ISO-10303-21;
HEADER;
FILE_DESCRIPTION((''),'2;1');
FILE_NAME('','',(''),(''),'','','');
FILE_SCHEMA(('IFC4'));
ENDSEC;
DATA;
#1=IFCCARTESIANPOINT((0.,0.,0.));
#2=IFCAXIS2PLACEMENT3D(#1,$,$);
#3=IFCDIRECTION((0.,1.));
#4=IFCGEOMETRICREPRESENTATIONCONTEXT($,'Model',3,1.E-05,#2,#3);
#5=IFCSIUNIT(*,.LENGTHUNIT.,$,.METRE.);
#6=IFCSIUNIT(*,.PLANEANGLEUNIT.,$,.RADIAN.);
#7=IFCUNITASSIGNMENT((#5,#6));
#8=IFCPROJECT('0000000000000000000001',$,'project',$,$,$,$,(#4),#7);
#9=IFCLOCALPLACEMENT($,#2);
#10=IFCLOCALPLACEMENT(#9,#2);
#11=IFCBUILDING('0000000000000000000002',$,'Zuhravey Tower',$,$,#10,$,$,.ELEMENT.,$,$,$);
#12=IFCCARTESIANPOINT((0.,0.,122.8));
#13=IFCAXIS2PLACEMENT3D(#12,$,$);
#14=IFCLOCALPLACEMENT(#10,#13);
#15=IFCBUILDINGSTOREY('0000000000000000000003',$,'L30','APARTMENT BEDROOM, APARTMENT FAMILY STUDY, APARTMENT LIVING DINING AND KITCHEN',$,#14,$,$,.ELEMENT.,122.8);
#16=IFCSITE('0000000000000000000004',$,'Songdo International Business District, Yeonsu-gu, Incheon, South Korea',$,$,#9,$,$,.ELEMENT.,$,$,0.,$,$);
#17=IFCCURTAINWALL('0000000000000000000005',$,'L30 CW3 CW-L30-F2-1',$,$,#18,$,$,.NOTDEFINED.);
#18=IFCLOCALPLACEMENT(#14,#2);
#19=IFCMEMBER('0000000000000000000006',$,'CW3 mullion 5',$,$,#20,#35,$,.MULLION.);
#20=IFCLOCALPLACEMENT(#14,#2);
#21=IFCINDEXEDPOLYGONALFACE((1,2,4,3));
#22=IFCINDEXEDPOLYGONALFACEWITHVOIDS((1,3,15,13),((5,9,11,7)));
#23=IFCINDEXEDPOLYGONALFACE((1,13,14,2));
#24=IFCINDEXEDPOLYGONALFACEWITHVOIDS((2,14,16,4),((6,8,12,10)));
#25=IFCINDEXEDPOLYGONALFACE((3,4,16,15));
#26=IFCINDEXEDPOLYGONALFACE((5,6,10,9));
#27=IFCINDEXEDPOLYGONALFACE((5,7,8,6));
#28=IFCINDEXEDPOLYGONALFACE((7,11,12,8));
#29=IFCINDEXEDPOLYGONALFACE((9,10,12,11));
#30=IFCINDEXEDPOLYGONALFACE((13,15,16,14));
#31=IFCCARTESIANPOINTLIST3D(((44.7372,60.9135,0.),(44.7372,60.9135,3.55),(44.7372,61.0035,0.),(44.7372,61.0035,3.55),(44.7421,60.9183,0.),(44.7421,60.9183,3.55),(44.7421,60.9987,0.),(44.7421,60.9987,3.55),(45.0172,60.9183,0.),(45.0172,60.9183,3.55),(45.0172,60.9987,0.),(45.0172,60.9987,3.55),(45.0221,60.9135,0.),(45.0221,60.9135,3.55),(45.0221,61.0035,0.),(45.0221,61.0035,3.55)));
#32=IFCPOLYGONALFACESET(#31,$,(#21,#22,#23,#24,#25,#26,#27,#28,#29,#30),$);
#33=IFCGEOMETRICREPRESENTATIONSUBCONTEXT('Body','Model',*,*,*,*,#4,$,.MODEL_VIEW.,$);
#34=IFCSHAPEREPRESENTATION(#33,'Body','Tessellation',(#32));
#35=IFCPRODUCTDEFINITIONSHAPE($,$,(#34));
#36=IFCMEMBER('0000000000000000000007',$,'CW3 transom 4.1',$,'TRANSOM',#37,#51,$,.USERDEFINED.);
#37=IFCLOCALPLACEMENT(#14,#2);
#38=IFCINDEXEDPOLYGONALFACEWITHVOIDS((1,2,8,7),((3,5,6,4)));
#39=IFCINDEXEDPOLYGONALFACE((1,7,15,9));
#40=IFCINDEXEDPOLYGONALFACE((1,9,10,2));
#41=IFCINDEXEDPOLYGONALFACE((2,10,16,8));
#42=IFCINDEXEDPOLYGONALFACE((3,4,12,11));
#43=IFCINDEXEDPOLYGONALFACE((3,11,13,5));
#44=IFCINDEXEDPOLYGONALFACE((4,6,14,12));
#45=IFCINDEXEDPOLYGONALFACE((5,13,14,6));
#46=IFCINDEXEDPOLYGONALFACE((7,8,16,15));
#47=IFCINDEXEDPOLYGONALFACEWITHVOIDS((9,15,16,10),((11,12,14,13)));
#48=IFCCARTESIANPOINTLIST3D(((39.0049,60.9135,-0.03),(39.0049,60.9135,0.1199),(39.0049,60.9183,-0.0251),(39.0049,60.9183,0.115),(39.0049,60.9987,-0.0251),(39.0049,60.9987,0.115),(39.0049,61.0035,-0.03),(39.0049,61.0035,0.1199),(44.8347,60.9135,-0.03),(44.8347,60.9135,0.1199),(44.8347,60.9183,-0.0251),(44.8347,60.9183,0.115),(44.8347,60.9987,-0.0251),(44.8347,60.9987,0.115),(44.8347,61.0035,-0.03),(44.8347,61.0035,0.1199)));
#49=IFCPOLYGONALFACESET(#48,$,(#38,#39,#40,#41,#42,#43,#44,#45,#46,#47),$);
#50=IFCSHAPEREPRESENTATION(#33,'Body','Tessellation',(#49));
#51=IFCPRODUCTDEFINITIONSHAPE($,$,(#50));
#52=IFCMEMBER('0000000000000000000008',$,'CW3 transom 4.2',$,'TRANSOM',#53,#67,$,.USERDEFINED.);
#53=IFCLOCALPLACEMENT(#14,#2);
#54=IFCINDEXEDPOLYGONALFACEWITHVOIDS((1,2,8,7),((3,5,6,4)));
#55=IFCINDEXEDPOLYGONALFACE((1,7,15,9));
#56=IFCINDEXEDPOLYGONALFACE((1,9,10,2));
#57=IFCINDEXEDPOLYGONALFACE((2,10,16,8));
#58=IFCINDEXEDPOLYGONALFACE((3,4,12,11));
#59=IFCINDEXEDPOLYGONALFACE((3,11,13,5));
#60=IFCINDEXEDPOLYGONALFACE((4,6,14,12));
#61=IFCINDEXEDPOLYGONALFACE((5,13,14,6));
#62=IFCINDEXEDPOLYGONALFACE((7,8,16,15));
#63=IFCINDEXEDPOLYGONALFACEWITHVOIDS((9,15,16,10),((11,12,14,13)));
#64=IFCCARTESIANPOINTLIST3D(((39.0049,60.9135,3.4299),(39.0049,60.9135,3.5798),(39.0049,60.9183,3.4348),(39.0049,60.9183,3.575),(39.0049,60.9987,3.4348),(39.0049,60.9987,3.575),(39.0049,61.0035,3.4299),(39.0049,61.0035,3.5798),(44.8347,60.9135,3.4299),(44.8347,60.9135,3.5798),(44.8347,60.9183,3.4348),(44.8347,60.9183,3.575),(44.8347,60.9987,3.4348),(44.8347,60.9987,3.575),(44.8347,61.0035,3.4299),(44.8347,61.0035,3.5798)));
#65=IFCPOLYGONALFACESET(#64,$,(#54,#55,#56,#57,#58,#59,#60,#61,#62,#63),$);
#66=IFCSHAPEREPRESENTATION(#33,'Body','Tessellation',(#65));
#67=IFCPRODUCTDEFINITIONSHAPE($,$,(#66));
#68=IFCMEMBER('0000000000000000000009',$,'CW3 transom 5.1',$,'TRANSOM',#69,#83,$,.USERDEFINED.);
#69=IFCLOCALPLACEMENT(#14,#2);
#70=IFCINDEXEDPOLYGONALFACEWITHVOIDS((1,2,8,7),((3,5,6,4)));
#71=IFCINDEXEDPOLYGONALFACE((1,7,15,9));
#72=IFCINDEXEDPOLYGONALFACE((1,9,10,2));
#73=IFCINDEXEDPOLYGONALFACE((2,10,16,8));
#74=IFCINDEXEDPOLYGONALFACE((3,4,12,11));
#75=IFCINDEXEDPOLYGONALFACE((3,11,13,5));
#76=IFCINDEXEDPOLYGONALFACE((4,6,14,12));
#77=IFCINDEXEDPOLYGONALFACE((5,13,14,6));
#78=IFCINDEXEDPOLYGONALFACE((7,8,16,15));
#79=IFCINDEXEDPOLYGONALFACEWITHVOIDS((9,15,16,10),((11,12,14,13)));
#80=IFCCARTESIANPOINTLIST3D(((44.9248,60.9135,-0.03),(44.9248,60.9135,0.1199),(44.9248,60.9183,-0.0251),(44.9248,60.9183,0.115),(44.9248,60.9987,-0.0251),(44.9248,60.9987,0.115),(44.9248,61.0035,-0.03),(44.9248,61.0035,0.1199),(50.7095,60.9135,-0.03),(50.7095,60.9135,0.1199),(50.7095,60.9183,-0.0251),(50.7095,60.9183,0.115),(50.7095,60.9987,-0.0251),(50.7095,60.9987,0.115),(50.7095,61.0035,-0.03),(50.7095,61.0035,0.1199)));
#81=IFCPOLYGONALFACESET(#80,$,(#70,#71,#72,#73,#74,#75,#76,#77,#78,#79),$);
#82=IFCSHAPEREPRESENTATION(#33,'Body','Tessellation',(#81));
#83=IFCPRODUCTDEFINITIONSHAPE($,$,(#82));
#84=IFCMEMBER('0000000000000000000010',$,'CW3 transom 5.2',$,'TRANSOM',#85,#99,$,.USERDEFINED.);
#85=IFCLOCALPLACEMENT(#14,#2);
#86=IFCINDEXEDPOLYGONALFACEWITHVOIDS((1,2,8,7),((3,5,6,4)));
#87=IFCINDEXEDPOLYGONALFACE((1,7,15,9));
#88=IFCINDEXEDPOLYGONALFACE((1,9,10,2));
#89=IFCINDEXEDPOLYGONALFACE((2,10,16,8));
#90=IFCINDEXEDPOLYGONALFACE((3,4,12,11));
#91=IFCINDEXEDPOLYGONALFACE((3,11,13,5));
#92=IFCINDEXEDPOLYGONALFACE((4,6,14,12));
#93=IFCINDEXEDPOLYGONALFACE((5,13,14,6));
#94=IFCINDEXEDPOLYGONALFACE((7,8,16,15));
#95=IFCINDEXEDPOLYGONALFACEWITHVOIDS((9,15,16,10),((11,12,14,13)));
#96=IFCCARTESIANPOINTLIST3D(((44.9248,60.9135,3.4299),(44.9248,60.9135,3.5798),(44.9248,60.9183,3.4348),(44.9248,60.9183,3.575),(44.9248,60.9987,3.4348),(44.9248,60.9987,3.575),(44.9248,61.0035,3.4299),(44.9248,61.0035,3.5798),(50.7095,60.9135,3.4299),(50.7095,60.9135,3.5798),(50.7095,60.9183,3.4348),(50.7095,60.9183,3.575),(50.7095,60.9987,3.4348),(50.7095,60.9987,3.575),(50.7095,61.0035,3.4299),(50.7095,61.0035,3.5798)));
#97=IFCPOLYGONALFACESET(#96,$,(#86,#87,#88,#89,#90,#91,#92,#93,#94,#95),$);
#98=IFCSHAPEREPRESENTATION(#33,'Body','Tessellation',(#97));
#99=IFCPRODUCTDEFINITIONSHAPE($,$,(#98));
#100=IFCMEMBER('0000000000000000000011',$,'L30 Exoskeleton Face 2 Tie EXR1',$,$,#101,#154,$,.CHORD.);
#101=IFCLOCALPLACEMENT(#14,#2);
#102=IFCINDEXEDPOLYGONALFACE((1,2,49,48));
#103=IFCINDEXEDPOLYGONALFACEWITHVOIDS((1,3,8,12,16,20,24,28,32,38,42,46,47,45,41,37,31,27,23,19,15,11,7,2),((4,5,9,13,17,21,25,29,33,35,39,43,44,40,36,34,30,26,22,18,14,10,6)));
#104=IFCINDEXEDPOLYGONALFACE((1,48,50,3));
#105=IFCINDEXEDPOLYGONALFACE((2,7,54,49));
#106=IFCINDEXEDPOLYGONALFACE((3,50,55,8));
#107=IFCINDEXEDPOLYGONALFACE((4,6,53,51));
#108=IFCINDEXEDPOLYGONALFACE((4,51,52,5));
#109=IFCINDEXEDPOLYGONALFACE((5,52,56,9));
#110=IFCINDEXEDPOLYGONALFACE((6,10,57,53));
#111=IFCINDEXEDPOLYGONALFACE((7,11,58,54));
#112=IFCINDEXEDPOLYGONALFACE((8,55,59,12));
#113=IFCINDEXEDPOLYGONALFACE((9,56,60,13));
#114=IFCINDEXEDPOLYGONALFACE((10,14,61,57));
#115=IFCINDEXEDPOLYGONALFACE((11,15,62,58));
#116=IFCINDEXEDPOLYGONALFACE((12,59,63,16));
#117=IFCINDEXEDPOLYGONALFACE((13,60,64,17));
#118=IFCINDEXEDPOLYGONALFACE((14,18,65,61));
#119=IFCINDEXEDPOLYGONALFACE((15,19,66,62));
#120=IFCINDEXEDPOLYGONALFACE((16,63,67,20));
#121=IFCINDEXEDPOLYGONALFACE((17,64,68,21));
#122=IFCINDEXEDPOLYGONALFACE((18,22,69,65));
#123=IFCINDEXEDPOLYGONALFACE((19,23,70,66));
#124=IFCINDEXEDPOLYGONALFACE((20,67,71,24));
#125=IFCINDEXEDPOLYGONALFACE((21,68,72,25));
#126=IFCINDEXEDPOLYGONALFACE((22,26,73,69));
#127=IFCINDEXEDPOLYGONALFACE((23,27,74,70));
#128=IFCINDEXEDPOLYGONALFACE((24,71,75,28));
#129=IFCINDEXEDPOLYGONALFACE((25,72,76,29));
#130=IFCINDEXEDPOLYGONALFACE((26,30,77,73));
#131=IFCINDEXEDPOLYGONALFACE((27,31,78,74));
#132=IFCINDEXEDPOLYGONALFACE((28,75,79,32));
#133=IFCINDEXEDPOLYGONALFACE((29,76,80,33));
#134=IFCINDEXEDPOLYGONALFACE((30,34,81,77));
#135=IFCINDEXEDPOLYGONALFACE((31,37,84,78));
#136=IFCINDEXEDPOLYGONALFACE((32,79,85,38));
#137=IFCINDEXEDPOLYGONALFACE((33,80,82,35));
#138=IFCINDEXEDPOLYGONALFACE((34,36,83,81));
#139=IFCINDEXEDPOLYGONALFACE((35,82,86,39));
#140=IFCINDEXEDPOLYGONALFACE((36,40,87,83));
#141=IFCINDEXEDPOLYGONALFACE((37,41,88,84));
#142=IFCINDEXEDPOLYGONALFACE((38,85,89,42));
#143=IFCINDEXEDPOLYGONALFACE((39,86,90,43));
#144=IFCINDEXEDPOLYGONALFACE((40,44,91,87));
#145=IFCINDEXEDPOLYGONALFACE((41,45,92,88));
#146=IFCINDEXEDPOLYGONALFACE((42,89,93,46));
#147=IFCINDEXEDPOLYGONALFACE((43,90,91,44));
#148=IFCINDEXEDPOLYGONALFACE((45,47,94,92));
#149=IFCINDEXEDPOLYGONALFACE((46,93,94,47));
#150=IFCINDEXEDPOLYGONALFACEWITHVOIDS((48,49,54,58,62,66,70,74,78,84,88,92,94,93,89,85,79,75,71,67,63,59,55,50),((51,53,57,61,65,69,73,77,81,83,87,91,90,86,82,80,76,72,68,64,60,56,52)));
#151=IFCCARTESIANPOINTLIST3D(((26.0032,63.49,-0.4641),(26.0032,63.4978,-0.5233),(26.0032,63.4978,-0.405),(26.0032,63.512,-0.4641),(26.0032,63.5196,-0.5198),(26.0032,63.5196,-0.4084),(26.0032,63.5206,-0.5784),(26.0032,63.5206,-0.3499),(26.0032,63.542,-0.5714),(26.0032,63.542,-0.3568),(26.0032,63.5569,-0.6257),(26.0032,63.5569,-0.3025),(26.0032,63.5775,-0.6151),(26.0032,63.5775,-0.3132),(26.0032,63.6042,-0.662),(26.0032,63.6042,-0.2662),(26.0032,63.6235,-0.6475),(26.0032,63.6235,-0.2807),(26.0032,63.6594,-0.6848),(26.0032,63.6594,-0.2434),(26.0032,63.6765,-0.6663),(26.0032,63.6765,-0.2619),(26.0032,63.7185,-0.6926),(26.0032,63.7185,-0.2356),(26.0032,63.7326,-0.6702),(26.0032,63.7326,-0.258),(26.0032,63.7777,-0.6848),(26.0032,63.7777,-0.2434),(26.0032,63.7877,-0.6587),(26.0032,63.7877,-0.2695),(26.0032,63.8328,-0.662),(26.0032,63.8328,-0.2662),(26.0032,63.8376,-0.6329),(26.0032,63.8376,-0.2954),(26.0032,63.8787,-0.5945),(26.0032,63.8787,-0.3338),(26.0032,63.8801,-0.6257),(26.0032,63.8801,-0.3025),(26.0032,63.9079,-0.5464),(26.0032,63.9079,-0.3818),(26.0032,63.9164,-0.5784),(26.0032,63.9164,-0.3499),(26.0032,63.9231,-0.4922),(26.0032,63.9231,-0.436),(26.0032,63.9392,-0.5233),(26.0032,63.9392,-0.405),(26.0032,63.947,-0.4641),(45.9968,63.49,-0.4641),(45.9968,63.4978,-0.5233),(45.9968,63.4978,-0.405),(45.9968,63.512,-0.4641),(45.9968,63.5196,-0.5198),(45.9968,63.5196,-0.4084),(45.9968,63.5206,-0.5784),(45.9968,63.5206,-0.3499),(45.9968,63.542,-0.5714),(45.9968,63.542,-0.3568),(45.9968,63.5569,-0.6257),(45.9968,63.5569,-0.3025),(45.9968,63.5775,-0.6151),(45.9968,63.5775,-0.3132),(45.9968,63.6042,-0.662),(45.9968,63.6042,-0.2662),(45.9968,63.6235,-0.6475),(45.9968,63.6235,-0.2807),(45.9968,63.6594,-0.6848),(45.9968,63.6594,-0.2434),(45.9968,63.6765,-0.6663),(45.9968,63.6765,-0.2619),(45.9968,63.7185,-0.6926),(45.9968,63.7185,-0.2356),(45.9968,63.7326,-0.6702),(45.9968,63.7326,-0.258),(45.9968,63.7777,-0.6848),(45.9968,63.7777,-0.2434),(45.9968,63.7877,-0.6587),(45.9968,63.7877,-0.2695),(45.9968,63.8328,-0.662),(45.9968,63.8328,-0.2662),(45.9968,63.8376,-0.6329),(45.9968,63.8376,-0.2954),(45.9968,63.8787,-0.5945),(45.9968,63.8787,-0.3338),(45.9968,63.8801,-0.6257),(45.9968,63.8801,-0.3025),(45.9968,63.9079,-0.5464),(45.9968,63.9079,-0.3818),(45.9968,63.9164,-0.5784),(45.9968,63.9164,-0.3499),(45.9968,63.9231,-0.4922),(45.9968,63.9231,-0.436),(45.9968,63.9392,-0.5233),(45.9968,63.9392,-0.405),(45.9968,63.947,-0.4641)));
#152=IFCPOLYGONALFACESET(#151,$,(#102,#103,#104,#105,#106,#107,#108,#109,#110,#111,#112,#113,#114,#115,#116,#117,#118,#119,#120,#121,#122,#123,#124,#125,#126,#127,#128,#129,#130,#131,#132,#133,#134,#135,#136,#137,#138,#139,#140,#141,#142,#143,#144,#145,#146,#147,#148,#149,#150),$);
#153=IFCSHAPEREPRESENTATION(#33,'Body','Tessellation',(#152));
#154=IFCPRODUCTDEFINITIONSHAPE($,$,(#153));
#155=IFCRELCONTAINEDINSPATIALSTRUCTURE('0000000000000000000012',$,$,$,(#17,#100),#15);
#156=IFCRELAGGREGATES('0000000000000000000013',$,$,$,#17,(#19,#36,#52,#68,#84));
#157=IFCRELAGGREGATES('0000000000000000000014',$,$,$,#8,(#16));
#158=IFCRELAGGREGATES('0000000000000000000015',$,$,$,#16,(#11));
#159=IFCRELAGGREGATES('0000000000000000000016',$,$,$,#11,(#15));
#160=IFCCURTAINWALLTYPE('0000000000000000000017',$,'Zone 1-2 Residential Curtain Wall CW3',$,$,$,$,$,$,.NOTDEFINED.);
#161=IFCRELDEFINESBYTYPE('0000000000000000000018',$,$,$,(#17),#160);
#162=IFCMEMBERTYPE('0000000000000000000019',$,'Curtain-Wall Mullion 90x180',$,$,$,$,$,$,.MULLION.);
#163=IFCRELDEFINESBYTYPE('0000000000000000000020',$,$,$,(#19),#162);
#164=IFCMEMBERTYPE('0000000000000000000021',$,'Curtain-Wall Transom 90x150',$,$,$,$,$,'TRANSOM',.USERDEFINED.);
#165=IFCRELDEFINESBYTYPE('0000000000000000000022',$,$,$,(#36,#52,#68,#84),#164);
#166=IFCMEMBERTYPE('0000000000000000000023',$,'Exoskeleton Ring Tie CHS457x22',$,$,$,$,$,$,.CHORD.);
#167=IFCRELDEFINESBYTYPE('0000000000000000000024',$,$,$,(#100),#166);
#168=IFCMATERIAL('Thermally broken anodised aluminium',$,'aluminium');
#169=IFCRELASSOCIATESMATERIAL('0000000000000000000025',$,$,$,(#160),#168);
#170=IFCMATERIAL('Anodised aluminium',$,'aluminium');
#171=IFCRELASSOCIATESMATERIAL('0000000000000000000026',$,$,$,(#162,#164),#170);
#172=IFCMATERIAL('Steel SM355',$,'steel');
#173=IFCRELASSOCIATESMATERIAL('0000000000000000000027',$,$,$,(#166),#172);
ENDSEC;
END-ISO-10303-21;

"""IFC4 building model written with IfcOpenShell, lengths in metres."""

from ifc_helpers import new_model, si_unit, direction, frame, origin, origin_2d, place, context, subcontext, project, spatial, hollow_rectangle, hollow_circle, extrude, material, material_profile, profile_set, type_object, element, aggregate, save


model = new_model("IFC4")

# Units and contexts
model_context = context("Model", 3, precision=1e-05, world=origin(), true_north=direction((0.0, 1.0)))
body_context = subcontext(model_context, "Body", "Model", "MODEL_VIEW")
ifc_project = project(units=[si_unit("LENGTHUNIT", "METRE"), si_unit("PLANEANGLEUNIT", "RADIAN")], contexts=[model_context])

# Site, building, storey
site_placement = place(None, origin())
site = spatial("IfcSite", under=ifc_project, at=site_placement, Name="Songdo International Business District, Yeonsu-gu, Incheon, South Korea", CompositionType="ELEMENT", RefElevation=0.0)
building_placement = place(site_placement, origin())
building = spatial("IfcBuilding", under=site, at=building_placement, Name="Zuhravey Tower", CompositionType="ELEMENT")
storey_placement = place(building_placement, frame((0.0, 0.0, 122.8)))
storey = spatial("IfcBuildingStorey", under=building, at=storey_placement, Name="L30", Description="APARTMENT BEDROOM, APARTMENT FAMILY STUDY, APARTMENT LIVING DINING AND KITCHEN", CompositionType="ELEMENT", Elevation=122.8)

# Curtain wall, members
ifc_material_1 = material(Name="Thermally broken anodised aluminium", Category="aluminium")
curtain_wall_type = type_object("IfcCurtainWallType", Name="Zone 1-2 Residential Curtain Wall CW3", PredefinedType="NOTDEFINED", material=ifc_material_1)
curtain_wall_placement = place(storey_placement, origin())
curtain_wall = element("IfcCurtainWall", 1, at=curtain_wall_placement, inside=storey, type_object=curtain_wall_type, Name="L30 CW3 CW-L30-F2-1", PredefinedType="NOTDEFINED")
ifc_material_2 = material(Name="Anodised aluminium", Category="aluminium")
ifc_material_profile_1 = material_profile(ifc_material_2, hollow_rectangle(XDim=0.0901, YDim=0.2849, WallThickness=0.0049, at=origin_2d()), Name="ALU-RHS-90x285x5")
ifc_profile_set_1 = profile_set([ifc_material_profile_1], Name="Anodised aluminium")
member_type_1 = type_object("IfcMemberType", Name="Curtain-Wall Mullion 90x180", PredefinedType="MULLION", material=ifc_profile_set_1)
member_1_placement = place(storey_placement, frame((44.8796, 60.9585, 0.0), z_axis=(0.0, 0.0, 1.0), x_axis=(0.0, 1.0, 0.0)))
member_1 = element("IfcMember", 2, at=member_1_placement, type_object=member_type_1, Name="CW3 mullion 5", PredefinedType="MULLION", context=body_context, shape_type="SweptSolid", body=[
    extrude(hollow_rectangle(XDim=0.0901, YDim=0.2849, WallThickness=0.0049, at=origin_2d()), origin(), (0.0, 0.0, 1.0), 3.55),
])
ifc_material_profile_2 = material_profile(ifc_material_2, hollow_rectangle(XDim=0.0901, YDim=0.1499, WallThickness=0.0049, at=origin_2d()), Name="ALU-RHS-90x150x5")
ifc_profile_set_2 = profile_set([ifc_material_profile_2], Name="Anodised aluminium")
member_type_2 = type_object("IfcMemberType", Name="Curtain-Wall Transom 90x150", ElementType="TRANSOM", PredefinedType="USERDEFINED", material=ifc_profile_set_2)
member_2_placement = place(storey_placement, frame((39.0049, 60.9585, 0.0449), z_axis=(1.0, 0.0, 0.0), x_axis=(0.0, 1.0, 0.0)))
member_2 = element("IfcMember", 3, at=member_2_placement, type_object=member_type_2, Name="CW3 transom 4.1", ObjectType="TRANSOM", PredefinedType="USERDEFINED", context=body_context, shape_type="SweptSolid", body=[
    extrude(hollow_rectangle(XDim=0.0901, YDim=0.1499, WallThickness=0.0049, at=origin_2d()), origin(), (0.0, 0.0, 1.0), 5.8298),
])
member_3_placement = place(storey_placement, frame((39.0049, 60.9585, 3.5049), z_axis=(1.0, 0.0, 0.0), x_axis=(0.0, 1.0, 0.0)))
member_3 = element("IfcMember", 4, at=member_3_placement, type_object=member_type_2, Name="CW3 transom 4.2", ObjectType="TRANSOM", PredefinedType="USERDEFINED", context=body_context, shape_type="SweptSolid", body=[
    extrude(hollow_rectangle(XDim=0.0901, YDim=0.1499, WallThickness=0.0049, at=origin_2d()), origin(), (0.0, 0.0, 1.0), 5.8298),
])
member_4_placement = place(storey_placement, frame((44.9248, 60.9585, 0.0449), z_axis=(1.0, 0.0, 0.0), x_axis=(0.0, 1.0, 0.0)))
member_4 = element("IfcMember", 5, at=member_4_placement, type_object=member_type_2, Name="CW3 transom 5.1", ObjectType="TRANSOM", PredefinedType="USERDEFINED", context=body_context, shape_type="SweptSolid", body=[
    extrude(hollow_rectangle(XDim=0.0901, YDim=0.1499, WallThickness=0.0049, at=origin_2d()), origin(), (0.0, 0.0, 1.0), 5.7847),
])
member_5_placement = place(storey_placement, frame((44.9248, 60.9585, 3.5049), z_axis=(1.0, 0.0, 0.0), x_axis=(0.0, 1.0, 0.0)))
member_5 = element("IfcMember", 6, at=member_5_placement, type_object=member_type_2, Name="CW3 transom 5.2", ObjectType="TRANSOM", PredefinedType="USERDEFINED", context=body_context, shape_type="SweptSolid", body=[
    extrude(hollow_rectangle(XDim=0.0901, YDim=0.1499, WallThickness=0.0049, at=origin_2d()), origin(), (0.0, 0.0, 1.0), 5.7847),
])

# Member
ifc_material_3 = material(Name="Steel SM355", Category="steel")
ifc_material_profile_3 = material_profile(ifc_material_3, hollow_circle(Radius=0.2285, WallThickness=0.022, at=origin_2d()), Name="CHS-457.2x22")
ifc_profile_set_3 = profile_set([ifc_material_profile_3], Name="Steel SM355")
member_type_3 = type_object("IfcMemberType", Name="Exoskeleton Ring Tie CHS457x22", PredefinedType="CHORD", material=ifc_profile_set_3)
member_6_placement = place(storey_placement, frame((45.9968, 63.7185, -0.4641), z_axis=(-1.0, 0.0, 0.0), x_axis=(0.0, -1.0, 0.0)))
element("IfcMember", 7, at=member_6_placement, inside=storey, type_object=member_type_3, Name="L30 Exoskeleton Face 2 Tie EXR1", PredefinedType="CHORD", context=body_context, shape_type="SweptSolid", body=[
    extrude(hollow_circle(Radius=0.2285, WallThickness=0.022, at=origin_2d()), origin(), (0.0, 0.0, 1.0), 19.9937),
])

aggregate(curtain_wall, [member_1, member_2, member_3, member_4, member_5])

save(model, "model.ifc")
